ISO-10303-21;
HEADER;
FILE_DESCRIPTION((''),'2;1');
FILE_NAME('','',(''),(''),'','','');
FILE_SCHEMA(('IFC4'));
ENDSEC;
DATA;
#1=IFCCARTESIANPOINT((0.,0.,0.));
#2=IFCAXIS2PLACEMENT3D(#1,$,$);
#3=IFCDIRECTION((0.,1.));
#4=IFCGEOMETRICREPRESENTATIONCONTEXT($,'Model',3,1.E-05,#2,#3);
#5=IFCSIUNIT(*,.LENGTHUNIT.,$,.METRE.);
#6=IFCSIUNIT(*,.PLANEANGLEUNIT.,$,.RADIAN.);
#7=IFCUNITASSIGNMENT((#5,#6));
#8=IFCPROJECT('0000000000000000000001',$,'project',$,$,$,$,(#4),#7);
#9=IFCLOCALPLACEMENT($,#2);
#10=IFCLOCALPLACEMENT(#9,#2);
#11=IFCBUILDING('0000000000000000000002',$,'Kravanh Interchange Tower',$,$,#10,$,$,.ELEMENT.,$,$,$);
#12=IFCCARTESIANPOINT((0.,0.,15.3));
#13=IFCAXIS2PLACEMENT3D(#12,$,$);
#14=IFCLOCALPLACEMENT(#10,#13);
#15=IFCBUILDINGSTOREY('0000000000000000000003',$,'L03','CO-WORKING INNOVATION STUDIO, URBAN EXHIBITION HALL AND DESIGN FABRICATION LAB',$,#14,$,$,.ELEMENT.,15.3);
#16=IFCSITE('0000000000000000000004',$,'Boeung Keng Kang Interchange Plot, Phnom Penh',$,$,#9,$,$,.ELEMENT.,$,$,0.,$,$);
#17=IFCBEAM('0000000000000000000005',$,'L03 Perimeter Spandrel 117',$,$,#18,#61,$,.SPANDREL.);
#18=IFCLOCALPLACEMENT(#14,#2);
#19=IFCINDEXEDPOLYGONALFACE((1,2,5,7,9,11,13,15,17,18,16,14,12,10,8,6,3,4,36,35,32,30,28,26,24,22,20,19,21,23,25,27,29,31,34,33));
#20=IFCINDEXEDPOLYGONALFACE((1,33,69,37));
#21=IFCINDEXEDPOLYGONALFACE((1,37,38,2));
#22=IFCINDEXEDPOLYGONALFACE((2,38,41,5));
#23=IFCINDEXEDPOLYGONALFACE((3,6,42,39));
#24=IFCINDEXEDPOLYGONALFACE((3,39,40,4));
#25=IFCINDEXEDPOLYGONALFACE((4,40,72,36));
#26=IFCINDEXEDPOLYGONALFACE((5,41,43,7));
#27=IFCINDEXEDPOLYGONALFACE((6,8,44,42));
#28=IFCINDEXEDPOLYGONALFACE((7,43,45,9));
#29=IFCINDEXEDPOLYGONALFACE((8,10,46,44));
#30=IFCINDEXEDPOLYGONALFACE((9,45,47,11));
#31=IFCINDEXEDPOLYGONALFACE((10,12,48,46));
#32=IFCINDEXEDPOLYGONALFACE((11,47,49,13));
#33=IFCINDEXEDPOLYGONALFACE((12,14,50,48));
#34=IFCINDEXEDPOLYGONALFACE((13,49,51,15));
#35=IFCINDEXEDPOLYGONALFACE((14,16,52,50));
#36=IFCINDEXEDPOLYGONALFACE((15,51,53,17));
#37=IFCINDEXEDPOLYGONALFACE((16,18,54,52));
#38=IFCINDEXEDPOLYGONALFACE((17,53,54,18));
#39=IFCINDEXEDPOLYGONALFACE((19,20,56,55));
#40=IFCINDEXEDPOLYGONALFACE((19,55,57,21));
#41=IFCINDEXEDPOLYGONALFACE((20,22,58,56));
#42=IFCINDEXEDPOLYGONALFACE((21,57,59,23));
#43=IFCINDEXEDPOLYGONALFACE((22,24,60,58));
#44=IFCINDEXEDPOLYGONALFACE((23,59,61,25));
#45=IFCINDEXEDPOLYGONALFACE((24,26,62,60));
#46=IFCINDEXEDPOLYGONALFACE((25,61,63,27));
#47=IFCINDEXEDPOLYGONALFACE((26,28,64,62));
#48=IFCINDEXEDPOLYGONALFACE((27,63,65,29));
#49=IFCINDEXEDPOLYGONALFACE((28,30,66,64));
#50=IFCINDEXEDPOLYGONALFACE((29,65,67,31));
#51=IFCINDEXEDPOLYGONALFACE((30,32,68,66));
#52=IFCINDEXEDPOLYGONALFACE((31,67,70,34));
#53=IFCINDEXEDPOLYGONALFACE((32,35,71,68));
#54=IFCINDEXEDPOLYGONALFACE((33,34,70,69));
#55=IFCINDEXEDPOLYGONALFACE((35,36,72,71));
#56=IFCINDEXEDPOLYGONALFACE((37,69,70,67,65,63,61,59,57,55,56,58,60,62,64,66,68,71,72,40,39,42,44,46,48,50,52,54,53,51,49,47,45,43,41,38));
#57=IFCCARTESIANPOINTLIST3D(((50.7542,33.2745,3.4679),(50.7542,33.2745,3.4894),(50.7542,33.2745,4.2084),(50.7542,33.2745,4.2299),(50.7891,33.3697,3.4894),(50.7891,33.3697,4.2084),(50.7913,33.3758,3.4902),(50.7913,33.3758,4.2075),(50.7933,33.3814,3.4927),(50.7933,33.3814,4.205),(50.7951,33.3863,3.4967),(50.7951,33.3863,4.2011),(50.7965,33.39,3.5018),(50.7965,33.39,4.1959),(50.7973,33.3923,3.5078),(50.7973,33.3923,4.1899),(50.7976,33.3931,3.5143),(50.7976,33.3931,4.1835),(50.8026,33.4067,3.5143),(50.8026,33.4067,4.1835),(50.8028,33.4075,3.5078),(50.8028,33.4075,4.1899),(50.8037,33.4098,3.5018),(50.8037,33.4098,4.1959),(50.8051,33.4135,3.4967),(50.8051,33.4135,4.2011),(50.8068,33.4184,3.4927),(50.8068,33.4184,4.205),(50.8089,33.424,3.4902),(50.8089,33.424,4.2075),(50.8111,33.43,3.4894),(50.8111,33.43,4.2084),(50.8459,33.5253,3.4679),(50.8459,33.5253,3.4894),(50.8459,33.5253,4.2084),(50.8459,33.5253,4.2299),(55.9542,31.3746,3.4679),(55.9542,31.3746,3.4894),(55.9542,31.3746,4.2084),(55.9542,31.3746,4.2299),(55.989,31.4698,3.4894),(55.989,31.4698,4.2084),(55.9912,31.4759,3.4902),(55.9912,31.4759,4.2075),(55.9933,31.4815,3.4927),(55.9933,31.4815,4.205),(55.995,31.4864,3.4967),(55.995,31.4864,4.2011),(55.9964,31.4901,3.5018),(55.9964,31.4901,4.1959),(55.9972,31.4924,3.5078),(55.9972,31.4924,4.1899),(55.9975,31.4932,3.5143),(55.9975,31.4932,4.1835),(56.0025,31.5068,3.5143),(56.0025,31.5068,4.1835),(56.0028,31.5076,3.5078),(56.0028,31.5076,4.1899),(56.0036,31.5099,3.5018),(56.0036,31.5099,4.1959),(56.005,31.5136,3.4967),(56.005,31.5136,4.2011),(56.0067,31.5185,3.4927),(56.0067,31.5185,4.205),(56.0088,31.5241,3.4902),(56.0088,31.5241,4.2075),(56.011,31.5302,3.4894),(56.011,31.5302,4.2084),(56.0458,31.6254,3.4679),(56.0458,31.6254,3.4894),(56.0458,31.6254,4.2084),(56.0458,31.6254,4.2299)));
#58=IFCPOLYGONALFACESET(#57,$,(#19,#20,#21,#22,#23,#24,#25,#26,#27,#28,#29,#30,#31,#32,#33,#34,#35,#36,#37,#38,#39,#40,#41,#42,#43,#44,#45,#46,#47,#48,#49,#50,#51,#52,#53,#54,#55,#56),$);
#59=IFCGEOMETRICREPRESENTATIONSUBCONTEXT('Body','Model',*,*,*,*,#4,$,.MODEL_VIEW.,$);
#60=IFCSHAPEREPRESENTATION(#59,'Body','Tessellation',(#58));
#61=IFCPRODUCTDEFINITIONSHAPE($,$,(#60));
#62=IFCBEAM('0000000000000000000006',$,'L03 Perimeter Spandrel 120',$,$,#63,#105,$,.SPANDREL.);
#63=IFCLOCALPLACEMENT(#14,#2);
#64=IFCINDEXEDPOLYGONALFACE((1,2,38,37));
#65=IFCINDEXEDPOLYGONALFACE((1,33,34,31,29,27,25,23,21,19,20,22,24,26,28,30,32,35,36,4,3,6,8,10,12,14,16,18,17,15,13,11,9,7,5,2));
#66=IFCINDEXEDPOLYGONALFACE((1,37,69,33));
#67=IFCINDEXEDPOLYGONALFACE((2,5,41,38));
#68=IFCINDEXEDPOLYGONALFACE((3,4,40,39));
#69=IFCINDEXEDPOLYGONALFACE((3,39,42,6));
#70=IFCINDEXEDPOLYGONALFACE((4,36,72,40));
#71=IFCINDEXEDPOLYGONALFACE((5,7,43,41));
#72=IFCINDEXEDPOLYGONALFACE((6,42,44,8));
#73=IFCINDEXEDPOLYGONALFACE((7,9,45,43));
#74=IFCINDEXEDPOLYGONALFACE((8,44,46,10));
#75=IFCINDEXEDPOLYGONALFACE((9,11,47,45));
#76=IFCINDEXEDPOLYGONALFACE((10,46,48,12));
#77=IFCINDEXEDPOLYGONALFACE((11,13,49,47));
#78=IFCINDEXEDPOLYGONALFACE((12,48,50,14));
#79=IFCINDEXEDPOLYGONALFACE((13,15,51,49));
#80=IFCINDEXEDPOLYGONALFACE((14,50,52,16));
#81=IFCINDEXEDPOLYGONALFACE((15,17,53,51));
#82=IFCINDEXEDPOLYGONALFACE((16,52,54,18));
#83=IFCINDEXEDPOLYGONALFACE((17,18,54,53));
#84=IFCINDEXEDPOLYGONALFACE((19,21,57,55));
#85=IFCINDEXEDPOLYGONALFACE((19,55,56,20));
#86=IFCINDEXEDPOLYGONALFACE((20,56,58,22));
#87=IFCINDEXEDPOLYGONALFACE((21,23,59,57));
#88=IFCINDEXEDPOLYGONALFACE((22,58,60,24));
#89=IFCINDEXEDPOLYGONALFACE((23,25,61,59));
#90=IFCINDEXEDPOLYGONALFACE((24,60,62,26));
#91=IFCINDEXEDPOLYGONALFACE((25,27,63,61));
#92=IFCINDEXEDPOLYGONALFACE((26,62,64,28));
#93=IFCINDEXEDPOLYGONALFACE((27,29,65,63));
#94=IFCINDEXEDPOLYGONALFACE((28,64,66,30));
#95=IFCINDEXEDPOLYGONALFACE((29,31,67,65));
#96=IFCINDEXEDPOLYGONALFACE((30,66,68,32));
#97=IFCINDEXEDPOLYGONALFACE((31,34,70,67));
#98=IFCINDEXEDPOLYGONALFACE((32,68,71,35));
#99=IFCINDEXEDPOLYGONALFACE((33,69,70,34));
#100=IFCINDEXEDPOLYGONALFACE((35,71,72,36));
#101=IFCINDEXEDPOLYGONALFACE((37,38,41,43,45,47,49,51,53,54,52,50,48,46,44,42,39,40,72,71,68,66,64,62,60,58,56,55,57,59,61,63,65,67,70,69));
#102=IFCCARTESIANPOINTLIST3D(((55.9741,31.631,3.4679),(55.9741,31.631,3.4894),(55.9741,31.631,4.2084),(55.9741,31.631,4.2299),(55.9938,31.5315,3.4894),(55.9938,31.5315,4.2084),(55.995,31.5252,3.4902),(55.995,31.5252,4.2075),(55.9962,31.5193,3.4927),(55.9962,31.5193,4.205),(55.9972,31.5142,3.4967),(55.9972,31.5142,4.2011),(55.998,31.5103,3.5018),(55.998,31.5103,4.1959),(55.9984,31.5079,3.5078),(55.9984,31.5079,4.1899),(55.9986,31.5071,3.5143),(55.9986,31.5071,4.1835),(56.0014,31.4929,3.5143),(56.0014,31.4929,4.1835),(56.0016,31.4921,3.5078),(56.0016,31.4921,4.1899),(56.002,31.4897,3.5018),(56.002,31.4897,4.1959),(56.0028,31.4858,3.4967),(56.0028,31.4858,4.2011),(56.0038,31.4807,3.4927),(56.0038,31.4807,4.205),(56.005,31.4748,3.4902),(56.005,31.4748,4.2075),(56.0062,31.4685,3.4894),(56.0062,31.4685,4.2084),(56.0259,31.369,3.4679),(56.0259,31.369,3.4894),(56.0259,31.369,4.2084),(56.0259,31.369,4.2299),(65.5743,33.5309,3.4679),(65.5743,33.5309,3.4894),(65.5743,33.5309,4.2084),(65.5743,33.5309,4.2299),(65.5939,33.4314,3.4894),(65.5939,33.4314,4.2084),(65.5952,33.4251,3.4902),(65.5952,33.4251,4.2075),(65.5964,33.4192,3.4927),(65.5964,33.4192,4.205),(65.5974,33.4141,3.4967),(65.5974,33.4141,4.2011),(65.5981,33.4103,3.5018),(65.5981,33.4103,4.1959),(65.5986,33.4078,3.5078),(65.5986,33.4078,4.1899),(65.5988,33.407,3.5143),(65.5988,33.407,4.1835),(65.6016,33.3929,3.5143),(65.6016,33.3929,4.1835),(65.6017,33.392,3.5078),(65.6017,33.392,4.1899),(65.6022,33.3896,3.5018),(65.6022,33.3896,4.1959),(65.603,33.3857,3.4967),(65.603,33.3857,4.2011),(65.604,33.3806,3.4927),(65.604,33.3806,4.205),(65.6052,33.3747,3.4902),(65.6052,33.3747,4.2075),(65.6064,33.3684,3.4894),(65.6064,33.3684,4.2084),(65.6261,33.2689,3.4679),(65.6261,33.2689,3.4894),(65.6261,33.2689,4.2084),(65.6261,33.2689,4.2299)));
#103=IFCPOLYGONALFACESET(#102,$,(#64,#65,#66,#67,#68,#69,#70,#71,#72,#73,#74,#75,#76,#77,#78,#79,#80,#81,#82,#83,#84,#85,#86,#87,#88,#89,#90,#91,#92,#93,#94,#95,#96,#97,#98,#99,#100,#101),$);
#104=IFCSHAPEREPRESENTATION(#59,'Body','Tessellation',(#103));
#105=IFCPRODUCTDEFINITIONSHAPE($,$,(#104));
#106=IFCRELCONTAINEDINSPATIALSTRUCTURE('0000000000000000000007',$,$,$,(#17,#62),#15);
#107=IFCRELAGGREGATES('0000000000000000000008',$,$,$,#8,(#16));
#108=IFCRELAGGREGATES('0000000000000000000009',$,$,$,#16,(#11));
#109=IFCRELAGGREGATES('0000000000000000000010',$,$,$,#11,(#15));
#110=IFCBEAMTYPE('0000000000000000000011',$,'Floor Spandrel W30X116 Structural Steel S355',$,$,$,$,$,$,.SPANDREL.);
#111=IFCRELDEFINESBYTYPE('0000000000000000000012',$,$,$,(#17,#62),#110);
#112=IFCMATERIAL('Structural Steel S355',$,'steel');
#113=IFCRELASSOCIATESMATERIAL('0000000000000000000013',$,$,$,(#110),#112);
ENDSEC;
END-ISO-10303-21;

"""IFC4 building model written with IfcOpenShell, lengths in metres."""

from ifc_helpers import new_model, si_unit, direction, frame, origin, origin_2d, place, context, subcontext, project, spatial, i_section, extrude, material, material_profile, profile_set, type_object, element, save


model = new_model("IFC4")

# Units and contexts
model_context = context("Model", 3, precision=1e-05, world=origin(), true_north=direction((0.0, 1.0)))
body_context = subcontext(model_context, "Body", "Model", "MODEL_VIEW")
ifc_project = project(units=[si_unit("LENGTHUNIT", "METRE"), si_unit("PLANEANGLEUNIT", "RADIAN")], contexts=[model_context])

# Site, building, storey
site_placement = place(None, origin())
site = spatial("IfcSite", under=ifc_project, at=site_placement, Name="Boeung Keng Kang Interchange Plot, Phnom Penh", CompositionType="ELEMENT", RefElevation=0.0)
building_placement = place(site_placement, origin())
building = spatial("IfcBuilding", under=site, at=building_placement, Name="Kravanh Interchange Tower", CompositionType="ELEMENT")
storey_placement = place(building_placement, frame((0.0, 0.0, 15.3)))
storey = spatial("IfcBuildingStorey", under=building, at=storey_placement, Name="L03", Description="CO-WORKING INNOVATION STUDIO, URBAN EXHIBITION HALL AND DESIGN FABRICATION LAB", CompositionType="ELEMENT", Elevation=15.3)

# Beams
ifc_material_1 = material(Name="Structural Steel S355", Category="steel")
ifc_material_profile_1 = material_profile(ifc_material_1, i_section(OverallWidth=0.2671, OverallDepth=0.762, WebThickness=0.0144, FlangeThickness=0.0215, FilletRadius=0.0249, at=origin_2d()), Name="W30X116")
ifc_profile_set_1 = profile_set([ifc_material_profile_1], Name="Structural Steel S355")
beam_type_1 = type_object("IfcBeamType", Name="Floor Spandrel W30X116 Structural Steel S355", PredefinedType="SPANDREL", material=ifc_profile_set_1)
beam_1_placement = place(storey_placement, frame((56.0, 31.5, 3.8489), z_axis=(-0.93927, 0.34318, 0.0), x_axis=(-0.34318, -0.93927, 0.0)))
element("IfcBeam", 1, at=beam_1_placement, inside=storey, type_object=beam_type_1, Name="L03 Perimeter Spandrel 117", PredefinedType="SPANDREL", context=body_context, shape_type="SweptSolid", body=[
    extrude(i_section(OverallWidth=0.2671, OverallDepth=0.762, WebThickness=0.0144, FlangeThickness=0.0215, FilletRadius=0.0249, at=origin_2d()), origin(), (0.0, 0.0, 1.0), 5.5361),
])
beam_2_placement = place(storey_placement, frame((56.0, 31.5, 3.8489), z_axis=(0.980974, 0.194139, 0.0), x_axis=(-0.194139, 0.980974, 0.0)))
element("IfcBeam", 2, at=beam_2_placement, inside=storey, type_object=beam_type_1, Name="L03 Perimeter Spandrel 120", PredefinedType="SPANDREL", context=body_context, shape_type="SweptSolid", body=[
    extrude(i_section(OverallWidth=0.2671, OverallDepth=0.762, WebThickness=0.0144, FlangeThickness=0.0215, FilletRadius=0.0249, at=origin_2d()), origin(), (0.0, 0.0, 1.0), 9.7864),
])

save(model, "model.ifc")
